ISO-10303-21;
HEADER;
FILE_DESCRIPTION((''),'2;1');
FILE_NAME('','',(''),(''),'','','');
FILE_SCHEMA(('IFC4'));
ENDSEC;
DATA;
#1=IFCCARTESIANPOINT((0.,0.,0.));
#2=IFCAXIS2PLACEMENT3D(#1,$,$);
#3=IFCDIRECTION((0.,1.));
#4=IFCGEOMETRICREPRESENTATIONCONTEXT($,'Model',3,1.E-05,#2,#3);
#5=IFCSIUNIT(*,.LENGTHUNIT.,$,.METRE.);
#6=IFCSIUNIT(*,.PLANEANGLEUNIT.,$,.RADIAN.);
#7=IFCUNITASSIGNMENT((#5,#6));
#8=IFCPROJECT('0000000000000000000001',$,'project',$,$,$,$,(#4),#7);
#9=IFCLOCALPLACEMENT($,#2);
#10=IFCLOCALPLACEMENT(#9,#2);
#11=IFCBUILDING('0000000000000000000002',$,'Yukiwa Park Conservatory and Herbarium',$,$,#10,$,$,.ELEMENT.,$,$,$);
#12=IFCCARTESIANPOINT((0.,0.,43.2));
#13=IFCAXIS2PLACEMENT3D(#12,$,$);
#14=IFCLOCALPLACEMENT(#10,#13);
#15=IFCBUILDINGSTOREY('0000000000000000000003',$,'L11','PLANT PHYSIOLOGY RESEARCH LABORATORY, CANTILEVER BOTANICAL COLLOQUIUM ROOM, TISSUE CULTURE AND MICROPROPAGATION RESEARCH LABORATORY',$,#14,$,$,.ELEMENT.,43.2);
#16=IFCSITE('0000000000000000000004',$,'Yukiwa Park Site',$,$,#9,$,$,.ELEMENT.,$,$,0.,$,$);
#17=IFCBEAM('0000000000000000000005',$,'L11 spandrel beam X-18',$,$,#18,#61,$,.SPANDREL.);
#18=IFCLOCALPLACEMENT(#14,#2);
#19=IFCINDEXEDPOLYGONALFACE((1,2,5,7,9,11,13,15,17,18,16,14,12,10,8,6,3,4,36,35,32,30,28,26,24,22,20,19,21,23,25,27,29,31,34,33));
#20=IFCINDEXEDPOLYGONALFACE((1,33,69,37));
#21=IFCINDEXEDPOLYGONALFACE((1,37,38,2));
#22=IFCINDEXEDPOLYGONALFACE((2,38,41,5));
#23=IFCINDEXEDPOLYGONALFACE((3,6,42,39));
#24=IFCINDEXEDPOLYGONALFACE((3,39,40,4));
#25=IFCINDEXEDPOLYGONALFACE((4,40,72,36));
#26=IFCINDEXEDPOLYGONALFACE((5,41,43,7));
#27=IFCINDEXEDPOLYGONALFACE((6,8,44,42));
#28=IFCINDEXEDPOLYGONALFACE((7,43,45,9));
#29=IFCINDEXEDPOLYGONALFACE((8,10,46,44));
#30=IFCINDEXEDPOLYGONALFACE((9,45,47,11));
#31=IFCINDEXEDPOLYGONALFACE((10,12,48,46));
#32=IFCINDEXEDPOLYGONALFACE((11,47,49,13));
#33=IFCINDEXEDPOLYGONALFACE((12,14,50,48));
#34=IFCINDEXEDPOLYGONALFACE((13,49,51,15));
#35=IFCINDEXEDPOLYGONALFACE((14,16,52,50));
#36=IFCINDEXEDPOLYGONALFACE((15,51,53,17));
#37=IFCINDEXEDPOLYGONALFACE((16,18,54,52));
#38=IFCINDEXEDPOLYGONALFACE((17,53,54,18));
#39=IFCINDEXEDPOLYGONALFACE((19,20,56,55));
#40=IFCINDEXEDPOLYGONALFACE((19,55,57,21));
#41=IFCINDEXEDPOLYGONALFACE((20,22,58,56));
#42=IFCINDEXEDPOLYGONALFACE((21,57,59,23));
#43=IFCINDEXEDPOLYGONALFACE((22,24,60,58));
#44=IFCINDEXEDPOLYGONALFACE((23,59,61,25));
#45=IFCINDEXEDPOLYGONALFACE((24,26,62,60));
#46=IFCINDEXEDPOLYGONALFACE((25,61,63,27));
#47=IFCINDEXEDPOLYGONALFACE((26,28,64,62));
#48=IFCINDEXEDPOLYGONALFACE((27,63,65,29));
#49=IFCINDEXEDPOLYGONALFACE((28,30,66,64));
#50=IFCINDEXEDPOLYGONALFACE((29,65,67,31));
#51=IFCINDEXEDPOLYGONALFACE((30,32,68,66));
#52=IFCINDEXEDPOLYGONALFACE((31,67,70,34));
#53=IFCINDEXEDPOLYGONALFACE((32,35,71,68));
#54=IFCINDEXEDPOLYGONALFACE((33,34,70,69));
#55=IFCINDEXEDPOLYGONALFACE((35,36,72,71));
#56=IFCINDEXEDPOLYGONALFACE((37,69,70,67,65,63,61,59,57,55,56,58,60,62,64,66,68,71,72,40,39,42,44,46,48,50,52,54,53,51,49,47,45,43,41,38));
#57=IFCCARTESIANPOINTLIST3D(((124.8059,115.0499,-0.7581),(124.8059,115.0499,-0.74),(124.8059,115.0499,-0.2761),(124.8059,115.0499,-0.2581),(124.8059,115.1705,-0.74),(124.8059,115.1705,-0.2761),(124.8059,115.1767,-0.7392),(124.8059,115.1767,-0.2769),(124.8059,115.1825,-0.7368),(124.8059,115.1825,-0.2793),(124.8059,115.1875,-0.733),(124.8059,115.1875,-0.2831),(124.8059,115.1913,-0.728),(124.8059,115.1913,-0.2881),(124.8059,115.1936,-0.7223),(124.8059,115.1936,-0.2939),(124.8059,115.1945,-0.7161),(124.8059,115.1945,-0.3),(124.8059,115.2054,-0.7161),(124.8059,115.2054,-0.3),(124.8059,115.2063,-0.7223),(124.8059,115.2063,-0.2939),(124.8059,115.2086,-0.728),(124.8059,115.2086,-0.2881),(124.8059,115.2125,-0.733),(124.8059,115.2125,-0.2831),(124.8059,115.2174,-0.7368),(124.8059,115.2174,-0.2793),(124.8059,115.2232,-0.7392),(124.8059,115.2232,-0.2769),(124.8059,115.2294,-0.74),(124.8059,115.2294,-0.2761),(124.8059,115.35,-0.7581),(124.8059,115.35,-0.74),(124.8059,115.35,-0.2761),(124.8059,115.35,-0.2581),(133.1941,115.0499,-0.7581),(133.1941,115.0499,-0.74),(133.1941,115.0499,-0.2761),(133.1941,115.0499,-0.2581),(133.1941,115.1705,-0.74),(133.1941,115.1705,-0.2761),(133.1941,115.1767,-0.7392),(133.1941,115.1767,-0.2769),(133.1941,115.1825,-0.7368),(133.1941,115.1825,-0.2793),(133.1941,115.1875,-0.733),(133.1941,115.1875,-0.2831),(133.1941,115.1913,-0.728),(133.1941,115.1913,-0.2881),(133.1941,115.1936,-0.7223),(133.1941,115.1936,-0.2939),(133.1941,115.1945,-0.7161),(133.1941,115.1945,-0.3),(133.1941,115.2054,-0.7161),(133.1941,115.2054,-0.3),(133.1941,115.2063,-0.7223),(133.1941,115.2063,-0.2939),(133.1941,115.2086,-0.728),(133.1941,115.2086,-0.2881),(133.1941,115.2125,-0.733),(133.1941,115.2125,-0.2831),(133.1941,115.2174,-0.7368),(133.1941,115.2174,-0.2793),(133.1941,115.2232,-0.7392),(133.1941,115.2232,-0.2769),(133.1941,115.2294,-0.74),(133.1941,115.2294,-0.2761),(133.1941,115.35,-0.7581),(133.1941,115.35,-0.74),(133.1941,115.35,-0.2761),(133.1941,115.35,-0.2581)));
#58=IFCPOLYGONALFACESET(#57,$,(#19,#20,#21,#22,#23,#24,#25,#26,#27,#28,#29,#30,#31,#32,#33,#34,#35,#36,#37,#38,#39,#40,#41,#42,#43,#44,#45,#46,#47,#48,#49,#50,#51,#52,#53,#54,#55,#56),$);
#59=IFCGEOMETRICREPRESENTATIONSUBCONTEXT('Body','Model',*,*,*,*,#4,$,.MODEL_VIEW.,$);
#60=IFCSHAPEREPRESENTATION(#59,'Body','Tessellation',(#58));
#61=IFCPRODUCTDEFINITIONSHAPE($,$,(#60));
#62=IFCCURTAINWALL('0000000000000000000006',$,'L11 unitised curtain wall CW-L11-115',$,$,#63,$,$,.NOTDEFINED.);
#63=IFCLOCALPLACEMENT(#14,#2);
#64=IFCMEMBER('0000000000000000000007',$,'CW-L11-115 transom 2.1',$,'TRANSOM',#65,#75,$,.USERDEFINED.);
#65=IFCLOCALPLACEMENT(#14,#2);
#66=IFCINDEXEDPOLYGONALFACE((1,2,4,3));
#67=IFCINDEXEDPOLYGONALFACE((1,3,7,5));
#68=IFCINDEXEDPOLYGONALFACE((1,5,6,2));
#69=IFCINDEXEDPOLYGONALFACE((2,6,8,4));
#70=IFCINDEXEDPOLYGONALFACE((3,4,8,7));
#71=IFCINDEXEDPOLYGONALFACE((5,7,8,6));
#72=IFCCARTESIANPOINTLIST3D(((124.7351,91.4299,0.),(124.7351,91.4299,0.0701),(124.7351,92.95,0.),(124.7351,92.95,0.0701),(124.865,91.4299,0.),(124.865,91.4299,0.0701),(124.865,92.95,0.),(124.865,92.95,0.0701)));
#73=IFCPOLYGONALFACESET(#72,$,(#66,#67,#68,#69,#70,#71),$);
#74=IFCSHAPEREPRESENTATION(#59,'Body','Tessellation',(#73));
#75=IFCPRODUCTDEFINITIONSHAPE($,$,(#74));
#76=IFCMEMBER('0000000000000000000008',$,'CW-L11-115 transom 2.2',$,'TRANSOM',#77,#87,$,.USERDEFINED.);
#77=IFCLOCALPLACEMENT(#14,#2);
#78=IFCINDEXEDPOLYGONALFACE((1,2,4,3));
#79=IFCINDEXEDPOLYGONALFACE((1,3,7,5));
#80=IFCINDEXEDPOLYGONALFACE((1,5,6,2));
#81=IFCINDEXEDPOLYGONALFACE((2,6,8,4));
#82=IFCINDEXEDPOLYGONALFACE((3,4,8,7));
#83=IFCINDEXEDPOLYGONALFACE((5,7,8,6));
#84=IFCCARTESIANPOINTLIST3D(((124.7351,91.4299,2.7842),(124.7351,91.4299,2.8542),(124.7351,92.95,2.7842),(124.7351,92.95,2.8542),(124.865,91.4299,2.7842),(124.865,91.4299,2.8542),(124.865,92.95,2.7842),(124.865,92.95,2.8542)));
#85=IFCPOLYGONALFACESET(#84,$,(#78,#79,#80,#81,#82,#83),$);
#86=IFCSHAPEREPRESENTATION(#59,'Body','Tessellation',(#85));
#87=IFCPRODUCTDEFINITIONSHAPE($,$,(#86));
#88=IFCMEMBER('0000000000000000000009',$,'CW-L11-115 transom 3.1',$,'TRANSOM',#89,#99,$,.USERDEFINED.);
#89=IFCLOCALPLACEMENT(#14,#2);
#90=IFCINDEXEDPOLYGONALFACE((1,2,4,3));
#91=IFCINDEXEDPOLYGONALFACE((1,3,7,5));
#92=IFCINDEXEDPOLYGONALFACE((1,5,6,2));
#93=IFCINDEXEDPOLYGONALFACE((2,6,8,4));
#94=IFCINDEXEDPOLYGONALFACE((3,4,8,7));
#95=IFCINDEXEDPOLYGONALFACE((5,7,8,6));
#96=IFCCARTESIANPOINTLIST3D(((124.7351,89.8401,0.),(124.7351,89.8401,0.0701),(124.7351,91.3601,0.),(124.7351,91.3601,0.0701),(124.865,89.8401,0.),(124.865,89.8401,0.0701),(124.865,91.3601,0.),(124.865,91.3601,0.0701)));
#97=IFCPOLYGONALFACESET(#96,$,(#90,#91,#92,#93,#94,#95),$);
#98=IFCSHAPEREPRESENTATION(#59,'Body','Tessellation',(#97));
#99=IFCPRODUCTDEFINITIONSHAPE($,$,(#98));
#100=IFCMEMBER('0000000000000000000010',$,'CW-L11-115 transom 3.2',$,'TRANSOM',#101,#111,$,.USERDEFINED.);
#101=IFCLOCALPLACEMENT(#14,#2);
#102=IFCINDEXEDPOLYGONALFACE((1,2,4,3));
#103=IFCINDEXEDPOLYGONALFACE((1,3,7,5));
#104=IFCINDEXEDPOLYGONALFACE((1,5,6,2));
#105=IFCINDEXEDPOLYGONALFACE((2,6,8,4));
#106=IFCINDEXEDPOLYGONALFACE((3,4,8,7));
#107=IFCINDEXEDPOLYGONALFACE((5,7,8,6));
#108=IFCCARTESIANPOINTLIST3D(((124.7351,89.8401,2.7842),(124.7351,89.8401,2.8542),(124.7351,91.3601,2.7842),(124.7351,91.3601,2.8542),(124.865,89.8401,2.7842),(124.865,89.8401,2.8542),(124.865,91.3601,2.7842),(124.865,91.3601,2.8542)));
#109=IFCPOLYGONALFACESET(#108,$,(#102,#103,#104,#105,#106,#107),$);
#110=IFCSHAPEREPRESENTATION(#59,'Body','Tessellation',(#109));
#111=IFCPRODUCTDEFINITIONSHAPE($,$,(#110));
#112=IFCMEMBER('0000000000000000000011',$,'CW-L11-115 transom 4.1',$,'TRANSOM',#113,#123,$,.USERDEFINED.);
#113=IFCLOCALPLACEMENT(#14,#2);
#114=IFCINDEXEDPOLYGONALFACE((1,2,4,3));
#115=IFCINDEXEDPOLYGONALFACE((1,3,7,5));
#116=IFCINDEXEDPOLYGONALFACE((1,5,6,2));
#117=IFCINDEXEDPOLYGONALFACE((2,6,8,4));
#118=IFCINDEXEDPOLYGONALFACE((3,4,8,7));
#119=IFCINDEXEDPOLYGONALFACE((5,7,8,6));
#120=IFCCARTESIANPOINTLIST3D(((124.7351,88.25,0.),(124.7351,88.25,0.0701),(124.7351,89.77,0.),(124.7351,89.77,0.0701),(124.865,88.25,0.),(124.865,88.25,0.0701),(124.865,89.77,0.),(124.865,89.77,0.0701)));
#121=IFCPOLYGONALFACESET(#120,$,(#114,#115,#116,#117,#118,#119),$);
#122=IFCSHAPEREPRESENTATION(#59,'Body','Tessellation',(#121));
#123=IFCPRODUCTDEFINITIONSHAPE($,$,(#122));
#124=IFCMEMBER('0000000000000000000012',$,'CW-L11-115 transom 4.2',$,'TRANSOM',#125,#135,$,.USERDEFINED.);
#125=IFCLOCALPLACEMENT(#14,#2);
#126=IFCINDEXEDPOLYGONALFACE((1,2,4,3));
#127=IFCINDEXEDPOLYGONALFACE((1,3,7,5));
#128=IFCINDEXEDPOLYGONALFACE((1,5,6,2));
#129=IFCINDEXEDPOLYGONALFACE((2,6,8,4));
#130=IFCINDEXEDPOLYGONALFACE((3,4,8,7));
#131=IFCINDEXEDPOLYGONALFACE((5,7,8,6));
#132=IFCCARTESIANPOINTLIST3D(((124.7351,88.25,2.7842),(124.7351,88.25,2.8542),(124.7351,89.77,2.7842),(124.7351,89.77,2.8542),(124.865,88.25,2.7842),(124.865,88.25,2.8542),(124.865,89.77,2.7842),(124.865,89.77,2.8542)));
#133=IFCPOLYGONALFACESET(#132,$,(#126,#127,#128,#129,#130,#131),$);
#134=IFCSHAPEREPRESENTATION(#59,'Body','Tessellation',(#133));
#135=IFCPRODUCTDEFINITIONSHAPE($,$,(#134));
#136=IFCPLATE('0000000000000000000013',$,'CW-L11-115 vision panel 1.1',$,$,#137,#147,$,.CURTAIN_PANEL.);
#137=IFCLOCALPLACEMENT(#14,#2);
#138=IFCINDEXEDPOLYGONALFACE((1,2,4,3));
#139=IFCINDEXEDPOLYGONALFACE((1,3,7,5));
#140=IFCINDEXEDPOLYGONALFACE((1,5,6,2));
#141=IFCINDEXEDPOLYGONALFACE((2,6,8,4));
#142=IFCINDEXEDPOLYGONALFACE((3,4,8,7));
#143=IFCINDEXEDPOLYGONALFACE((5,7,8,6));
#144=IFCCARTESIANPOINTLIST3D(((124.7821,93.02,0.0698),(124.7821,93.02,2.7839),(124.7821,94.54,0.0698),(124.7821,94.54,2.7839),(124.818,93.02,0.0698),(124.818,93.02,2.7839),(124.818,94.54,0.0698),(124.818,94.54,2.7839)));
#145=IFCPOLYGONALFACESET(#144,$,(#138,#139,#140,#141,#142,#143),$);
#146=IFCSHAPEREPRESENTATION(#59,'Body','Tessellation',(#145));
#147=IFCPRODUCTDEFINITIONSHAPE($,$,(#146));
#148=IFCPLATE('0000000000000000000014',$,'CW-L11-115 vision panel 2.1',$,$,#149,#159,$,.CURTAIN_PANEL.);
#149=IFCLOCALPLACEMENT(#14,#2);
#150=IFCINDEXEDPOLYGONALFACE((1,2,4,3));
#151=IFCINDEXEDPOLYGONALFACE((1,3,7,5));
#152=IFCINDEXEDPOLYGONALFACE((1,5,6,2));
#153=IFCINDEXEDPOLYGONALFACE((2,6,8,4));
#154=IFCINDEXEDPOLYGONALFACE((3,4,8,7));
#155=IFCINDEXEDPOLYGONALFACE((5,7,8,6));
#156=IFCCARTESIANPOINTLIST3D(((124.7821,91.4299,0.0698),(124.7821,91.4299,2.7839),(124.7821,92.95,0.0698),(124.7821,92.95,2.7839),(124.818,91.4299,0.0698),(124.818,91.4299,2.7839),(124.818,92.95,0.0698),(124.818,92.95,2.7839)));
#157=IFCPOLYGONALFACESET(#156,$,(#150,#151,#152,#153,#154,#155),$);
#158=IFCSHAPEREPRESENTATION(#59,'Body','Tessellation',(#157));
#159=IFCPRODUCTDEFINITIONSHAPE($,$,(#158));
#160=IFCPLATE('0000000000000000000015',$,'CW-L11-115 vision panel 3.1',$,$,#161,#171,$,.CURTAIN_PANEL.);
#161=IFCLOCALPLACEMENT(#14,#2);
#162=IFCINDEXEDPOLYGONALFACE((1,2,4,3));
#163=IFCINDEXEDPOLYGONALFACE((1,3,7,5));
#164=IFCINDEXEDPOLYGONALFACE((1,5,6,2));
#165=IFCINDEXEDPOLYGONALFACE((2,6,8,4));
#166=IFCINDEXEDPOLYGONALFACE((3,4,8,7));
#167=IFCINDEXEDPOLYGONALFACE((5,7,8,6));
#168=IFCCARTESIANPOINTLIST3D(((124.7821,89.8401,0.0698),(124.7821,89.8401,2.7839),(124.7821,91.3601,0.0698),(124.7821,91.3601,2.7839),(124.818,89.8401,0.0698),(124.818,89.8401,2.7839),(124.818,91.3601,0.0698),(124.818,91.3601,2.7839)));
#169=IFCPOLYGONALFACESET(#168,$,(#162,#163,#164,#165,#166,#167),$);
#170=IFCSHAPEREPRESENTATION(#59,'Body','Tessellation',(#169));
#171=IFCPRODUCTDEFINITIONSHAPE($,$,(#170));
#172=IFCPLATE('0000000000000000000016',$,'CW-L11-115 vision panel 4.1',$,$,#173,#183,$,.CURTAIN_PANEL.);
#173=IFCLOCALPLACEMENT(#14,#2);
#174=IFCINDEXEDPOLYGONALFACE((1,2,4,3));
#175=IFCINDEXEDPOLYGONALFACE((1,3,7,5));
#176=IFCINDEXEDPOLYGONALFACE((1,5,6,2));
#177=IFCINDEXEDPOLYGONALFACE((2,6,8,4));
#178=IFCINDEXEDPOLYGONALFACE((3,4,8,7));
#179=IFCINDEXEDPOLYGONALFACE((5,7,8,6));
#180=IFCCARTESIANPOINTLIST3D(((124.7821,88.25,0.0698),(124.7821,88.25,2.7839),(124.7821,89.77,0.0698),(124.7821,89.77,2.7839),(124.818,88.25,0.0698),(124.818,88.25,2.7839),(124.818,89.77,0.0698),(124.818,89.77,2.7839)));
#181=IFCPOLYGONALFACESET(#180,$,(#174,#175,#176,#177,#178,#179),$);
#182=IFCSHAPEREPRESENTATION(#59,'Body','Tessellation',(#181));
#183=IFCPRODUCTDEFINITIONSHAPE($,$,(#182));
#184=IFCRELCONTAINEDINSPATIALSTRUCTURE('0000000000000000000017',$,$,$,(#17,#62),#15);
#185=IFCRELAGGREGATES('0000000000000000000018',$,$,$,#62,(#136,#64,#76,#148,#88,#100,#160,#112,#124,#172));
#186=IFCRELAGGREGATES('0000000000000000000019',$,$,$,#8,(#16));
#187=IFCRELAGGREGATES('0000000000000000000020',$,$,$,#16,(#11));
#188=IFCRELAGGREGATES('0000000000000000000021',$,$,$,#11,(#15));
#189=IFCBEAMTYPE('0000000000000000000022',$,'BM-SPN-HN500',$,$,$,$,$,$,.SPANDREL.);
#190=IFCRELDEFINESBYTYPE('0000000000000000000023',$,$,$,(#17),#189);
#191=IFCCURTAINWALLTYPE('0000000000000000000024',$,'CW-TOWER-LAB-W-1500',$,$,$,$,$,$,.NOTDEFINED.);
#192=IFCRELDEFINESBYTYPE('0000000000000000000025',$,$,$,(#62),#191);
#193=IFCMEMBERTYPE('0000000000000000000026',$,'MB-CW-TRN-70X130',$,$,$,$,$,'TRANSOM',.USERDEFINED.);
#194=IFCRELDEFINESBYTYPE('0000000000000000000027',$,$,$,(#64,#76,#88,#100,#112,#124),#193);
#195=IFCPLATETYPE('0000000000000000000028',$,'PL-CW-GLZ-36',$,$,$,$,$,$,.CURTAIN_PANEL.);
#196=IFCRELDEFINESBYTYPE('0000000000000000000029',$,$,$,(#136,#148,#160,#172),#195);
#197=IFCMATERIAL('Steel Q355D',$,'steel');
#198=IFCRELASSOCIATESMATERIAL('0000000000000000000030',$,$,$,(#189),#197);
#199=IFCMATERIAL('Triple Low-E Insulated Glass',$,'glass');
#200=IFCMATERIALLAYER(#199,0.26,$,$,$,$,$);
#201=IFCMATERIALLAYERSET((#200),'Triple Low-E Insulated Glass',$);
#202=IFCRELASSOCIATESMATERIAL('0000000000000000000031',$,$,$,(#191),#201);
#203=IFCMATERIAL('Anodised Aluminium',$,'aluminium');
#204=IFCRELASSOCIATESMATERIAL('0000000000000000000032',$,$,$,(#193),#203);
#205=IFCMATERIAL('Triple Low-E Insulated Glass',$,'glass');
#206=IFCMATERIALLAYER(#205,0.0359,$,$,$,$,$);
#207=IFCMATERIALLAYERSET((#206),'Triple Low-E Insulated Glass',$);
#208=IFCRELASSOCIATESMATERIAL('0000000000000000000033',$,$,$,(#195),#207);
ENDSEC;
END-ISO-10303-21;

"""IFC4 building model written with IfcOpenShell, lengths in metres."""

from ifc_helpers import new_model, si_unit, direction, frame, origin, origin_2d, place, context, subcontext, project, spatial, rectangle, i_section, extrude, material, layer, layer_set, material_profile, profile_set, type_object, element, aggregate, save


model = new_model("IFC4")

# Units and contexts
model_context = context("Model", 3, precision=1e-05, world=origin(), true_north=direction((0.0, 1.0)))
body_context = subcontext(model_context, "Body", "Model", "MODEL_VIEW")
ifc_project = project(units=[si_unit("LENGTHUNIT", "METRE"), si_unit("PLANEANGLEUNIT", "RADIAN")], contexts=[model_context])

# Site, building, storey
site_placement = place(None, origin())
site = spatial("IfcSite", under=ifc_project, at=site_placement, Name="Yukiwa Park Site", CompositionType="ELEMENT", RefElevation=0.0)
building_placement = place(site_placement, origin())
building = spatial("IfcBuilding", under=site, at=building_placement, Name="Yukiwa Park Conservatory and Herbarium", CompositionType="ELEMENT")
storey_placement = place(building_placement, frame((0.0, 0.0, 43.2)))
storey = spatial("IfcBuildingStorey", under=building, at=storey_placement, Name="L11", Description="PLANT PHYSIOLOGY RESEARCH LABORATORY, CANTILEVER BOTANICAL COLLOQUIUM ROOM, TISSUE CULTURE AND MICROPROPAGATION RESEARCH LABORATORY", CompositionType="ELEMENT", Elevation=43.2)

# Beam
ifc_material_1 = material(Name="Steel Q355D", Category="steel")
ifc_material_profile_1 = material_profile(ifc_material_1, i_section(OverallWidth=0.3, OverallDepth=0.5, WebThickness=0.011, FlangeThickness=0.0181, FilletRadius=0.0239, at=origin_2d()), Name="HM 500x300x11x18")
ifc_profile_set_1 = profile_set([ifc_material_profile_1], Name="Steel Q355D")
beam_type_1 = type_object("IfcBeamType", Name="BM-SPN-HN500", PredefinedType="SPANDREL", material=ifc_profile_set_1)
beam_placement = place(storey_placement, frame((124.8059, 115.2, -0.5081), z_axis=(1.0, 0.0, 0.0), x_axis=(0.0, 1.0, 0.0)))
element("IfcBeam", 1, at=beam_placement, inside=storey, type_object=beam_type_1, Name="L11 spandrel beam X-18", PredefinedType="SPANDREL", context=body_context, shape_type="SweptSolid", body=[
    extrude(i_section(OverallWidth=0.3, OverallDepth=0.5, WebThickness=0.011, FlangeThickness=0.0181, FilletRadius=0.0239, at=origin_2d()), origin(), (0.0, 0.0, 1.0), 8.3882),
])

# Curtain wall, members, plates
ifc_material_2 = material(Name="Triple Low-E Insulated Glass", Category="glass")
ifc_layer_1 = layer(ifc_material_2, 0.26)
ifc_layer_set_1 = layer_set([ifc_layer_1], Name="Triple Low-E Insulated Glass")
curtain_wall_type = type_object("IfcCurtainWallType", Name="CW-TOWER-LAB-W-1500", PredefinedType="NOTDEFINED", material=ifc_layer_set_1)
curtain_wall_placement = place(storey_placement, origin())
curtain_wall = element("IfcCurtainWall", 2, at=curtain_wall_placement, inside=storey, type_object=curtain_wall_type, Name="L11 unitised curtain wall CW-L11-115", PredefinedType="NOTDEFINED")
ifc_material_3 = material(Name="Anodised Aluminium", Category="aluminium")
member_type = type_object("IfcMemberType", Name="MB-CW-TRN-70X130", ElementType="TRANSOM", PredefinedType="USERDEFINED", material=ifc_material_3)
member_1_placement = place(storey_placement, frame((124.8, 92.1899, 0.0), z_axis=(0.0, 0.0, 1.0), x_axis=(0.0, -1.0, 0.0)))
member_1 = element("IfcMember", 3, at=member_1_placement, type_object=member_type, Name="CW-L11-115 transom 2.1", ObjectType="TRANSOM", PredefinedType="USERDEFINED", context=body_context, shape_type="SweptSolid", body=[
    extrude(rectangle(XDim=1.52, YDim=0.1299, at=origin_2d()), origin(), (0.0, 0.0, 1.0), 0.0701),
])
member_2_placement = place(storey_placement, frame((124.8, 92.1899, 2.7842), z_axis=(0.0, 0.0, 1.0), x_axis=(0.0, -1.0, 0.0)))
member_2 = element("IfcMember", 4, at=member_2_placement, type_object=member_type, Name="CW-L11-115 transom 2.2", ObjectType="TRANSOM", PredefinedType="USERDEFINED", context=body_context, shape_type="SweptSolid", body=[
    extrude(rectangle(XDim=1.52, YDim=0.1299, at=origin_2d()), origin(), (0.0, 0.0, 1.0), 0.0701),
])
member_3_placement = place(storey_placement, frame((124.8, 90.6001, 0.0), z_axis=(0.0, 0.0, 1.0), x_axis=(0.0, -1.0, 0.0)))
member_3 = element("IfcMember", 5, at=member_3_placement, type_object=member_type, Name="CW-L11-115 transom 3.1", ObjectType="TRANSOM", PredefinedType="USERDEFINED", context=body_context, shape_type="SweptSolid", body=[
    extrude(rectangle(XDim=1.52, YDim=0.1299, at=origin_2d()), origin(), (0.0, 0.0, 1.0), 0.0701),
])
member_4_placement = place(storey_placement, frame((124.8, 90.6001, 2.7842), z_axis=(0.0, 0.0, 1.0), x_axis=(0.0, -1.0, 0.0)))
member_4 = element("IfcMember", 6, at=member_4_placement, type_object=member_type, Name="CW-L11-115 transom 3.2", ObjectType="TRANSOM", PredefinedType="USERDEFINED", context=body_context, shape_type="SweptSolid", body=[
    extrude(rectangle(XDim=1.52, YDim=0.1299, at=origin_2d()), origin(), (0.0, 0.0, 1.0), 0.0701),
])
member_5_placement = place(storey_placement, frame((124.8, 89.01, 0.0), z_axis=(0.0, 0.0, 1.0), x_axis=(0.0, -1.0, 0.0)))
member_5 = element("IfcMember", 7, at=member_5_placement, type_object=member_type, Name="CW-L11-115 transom 4.1", ObjectType="TRANSOM", PredefinedType="USERDEFINED", context=body_context, shape_type="SweptSolid", body=[
    extrude(rectangle(XDim=1.52, YDim=0.1299, at=origin_2d()), origin(), (0.0, 0.0, 1.0), 0.0701),
])
member_6_placement = place(storey_placement, frame((124.8, 89.01, 2.7842), z_axis=(0.0, 0.0, 1.0), x_axis=(0.0, -1.0, 0.0)))
member_6 = element("IfcMember", 8, at=member_6_placement, type_object=member_type, Name="CW-L11-115 transom 4.2", ObjectType="TRANSOM", PredefinedType="USERDEFINED", context=body_context, shape_type="SweptSolid", body=[
    extrude(rectangle(XDim=1.52, YDim=0.1299, at=origin_2d()), origin(), (0.0, 0.0, 1.0), 0.0701),
])
ifc_material_4 = material(Name="Triple Low-E Insulated Glass", Category="glass")
ifc_layer_2 = layer(ifc_material_4, 0.0359)
ifc_layer_set_2 = layer_set([ifc_layer_2], Name="Triple Low-E Insulated Glass")
plate_type = type_object("IfcPlateType", Name="PL-CW-GLZ-36", PredefinedType="CURTAIN_PANEL", material=ifc_layer_set_2)
plate_1_placement = place(storey_placement, frame((124.8, 93.78, 0.0698), z_axis=(0.0, 0.0, 1.0), x_axis=(0.0, -1.0, 0.0)))
plate_1 = element("IfcPlate", 9, at=plate_1_placement, type_object=plate_type, Name="CW-L11-115 vision panel 1.1", PredefinedType="CURTAIN_PANEL", context=body_context, shape_type="SweptSolid", body=[
    extrude(rectangle(XDim=1.52, YDim=0.0359, at=origin_2d()), origin(), (0.0, 0.0, 1.0), 2.7141),
])
plate_2_placement = place(storey_placement, frame((124.8, 92.1899, 0.0698), z_axis=(0.0, 0.0, 1.0), x_axis=(0.0, -1.0, 0.0)))
plate_2 = element("IfcPlate", 10, at=plate_2_placement, type_object=plate_type, Name="CW-L11-115 vision panel 2.1", PredefinedType="CURTAIN_PANEL", context=body_context, shape_type="SweptSolid", body=[
    extrude(rectangle(XDim=1.52, YDim=0.0359, at=origin_2d()), origin(), (0.0, 0.0, 1.0), 2.7141),
])
plate_3_placement = place(storey_placement, frame((124.8, 90.6001, 0.0698), z_axis=(0.0, 0.0, 1.0), x_axis=(0.0, -1.0, 0.0)))
plate_3 = element("IfcPlate", 11, at=plate_3_placement, type_object=plate_type, Name="CW-L11-115 vision panel 3.1", PredefinedType="CURTAIN_PANEL", context=body_context, shape_type="SweptSolid", body=[
    extrude(rectangle(XDim=1.52, YDim=0.0359, at=origin_2d()), origin(), (0.0, 0.0, 1.0), 2.7141),
])
plate_4_placement = place(storey_placement, frame((124.8, 89.01, 0.0698), z_axis=(0.0, 0.0, 1.0), x_axis=(0.0, -1.0, 0.0)))
plate_4 = element("IfcPlate", 12, at=plate_4_placement, type_object=plate_type, Name="CW-L11-115 vision panel 4.1", PredefinedType="CURTAIN_PANEL", context=body_context, shape_type="SweptSolid", body=[
    extrude(rectangle(XDim=1.52, YDim=0.0359, at=origin_2d()), origin(), (0.0, 0.0, 1.0), 2.7141),
])
aggregate(curtain_wall, [plate_1, member_1, member_2, plate_2, member_3, member_4, plate_3, member_5, member_6, plate_4])

save(model, "model.ifc")
